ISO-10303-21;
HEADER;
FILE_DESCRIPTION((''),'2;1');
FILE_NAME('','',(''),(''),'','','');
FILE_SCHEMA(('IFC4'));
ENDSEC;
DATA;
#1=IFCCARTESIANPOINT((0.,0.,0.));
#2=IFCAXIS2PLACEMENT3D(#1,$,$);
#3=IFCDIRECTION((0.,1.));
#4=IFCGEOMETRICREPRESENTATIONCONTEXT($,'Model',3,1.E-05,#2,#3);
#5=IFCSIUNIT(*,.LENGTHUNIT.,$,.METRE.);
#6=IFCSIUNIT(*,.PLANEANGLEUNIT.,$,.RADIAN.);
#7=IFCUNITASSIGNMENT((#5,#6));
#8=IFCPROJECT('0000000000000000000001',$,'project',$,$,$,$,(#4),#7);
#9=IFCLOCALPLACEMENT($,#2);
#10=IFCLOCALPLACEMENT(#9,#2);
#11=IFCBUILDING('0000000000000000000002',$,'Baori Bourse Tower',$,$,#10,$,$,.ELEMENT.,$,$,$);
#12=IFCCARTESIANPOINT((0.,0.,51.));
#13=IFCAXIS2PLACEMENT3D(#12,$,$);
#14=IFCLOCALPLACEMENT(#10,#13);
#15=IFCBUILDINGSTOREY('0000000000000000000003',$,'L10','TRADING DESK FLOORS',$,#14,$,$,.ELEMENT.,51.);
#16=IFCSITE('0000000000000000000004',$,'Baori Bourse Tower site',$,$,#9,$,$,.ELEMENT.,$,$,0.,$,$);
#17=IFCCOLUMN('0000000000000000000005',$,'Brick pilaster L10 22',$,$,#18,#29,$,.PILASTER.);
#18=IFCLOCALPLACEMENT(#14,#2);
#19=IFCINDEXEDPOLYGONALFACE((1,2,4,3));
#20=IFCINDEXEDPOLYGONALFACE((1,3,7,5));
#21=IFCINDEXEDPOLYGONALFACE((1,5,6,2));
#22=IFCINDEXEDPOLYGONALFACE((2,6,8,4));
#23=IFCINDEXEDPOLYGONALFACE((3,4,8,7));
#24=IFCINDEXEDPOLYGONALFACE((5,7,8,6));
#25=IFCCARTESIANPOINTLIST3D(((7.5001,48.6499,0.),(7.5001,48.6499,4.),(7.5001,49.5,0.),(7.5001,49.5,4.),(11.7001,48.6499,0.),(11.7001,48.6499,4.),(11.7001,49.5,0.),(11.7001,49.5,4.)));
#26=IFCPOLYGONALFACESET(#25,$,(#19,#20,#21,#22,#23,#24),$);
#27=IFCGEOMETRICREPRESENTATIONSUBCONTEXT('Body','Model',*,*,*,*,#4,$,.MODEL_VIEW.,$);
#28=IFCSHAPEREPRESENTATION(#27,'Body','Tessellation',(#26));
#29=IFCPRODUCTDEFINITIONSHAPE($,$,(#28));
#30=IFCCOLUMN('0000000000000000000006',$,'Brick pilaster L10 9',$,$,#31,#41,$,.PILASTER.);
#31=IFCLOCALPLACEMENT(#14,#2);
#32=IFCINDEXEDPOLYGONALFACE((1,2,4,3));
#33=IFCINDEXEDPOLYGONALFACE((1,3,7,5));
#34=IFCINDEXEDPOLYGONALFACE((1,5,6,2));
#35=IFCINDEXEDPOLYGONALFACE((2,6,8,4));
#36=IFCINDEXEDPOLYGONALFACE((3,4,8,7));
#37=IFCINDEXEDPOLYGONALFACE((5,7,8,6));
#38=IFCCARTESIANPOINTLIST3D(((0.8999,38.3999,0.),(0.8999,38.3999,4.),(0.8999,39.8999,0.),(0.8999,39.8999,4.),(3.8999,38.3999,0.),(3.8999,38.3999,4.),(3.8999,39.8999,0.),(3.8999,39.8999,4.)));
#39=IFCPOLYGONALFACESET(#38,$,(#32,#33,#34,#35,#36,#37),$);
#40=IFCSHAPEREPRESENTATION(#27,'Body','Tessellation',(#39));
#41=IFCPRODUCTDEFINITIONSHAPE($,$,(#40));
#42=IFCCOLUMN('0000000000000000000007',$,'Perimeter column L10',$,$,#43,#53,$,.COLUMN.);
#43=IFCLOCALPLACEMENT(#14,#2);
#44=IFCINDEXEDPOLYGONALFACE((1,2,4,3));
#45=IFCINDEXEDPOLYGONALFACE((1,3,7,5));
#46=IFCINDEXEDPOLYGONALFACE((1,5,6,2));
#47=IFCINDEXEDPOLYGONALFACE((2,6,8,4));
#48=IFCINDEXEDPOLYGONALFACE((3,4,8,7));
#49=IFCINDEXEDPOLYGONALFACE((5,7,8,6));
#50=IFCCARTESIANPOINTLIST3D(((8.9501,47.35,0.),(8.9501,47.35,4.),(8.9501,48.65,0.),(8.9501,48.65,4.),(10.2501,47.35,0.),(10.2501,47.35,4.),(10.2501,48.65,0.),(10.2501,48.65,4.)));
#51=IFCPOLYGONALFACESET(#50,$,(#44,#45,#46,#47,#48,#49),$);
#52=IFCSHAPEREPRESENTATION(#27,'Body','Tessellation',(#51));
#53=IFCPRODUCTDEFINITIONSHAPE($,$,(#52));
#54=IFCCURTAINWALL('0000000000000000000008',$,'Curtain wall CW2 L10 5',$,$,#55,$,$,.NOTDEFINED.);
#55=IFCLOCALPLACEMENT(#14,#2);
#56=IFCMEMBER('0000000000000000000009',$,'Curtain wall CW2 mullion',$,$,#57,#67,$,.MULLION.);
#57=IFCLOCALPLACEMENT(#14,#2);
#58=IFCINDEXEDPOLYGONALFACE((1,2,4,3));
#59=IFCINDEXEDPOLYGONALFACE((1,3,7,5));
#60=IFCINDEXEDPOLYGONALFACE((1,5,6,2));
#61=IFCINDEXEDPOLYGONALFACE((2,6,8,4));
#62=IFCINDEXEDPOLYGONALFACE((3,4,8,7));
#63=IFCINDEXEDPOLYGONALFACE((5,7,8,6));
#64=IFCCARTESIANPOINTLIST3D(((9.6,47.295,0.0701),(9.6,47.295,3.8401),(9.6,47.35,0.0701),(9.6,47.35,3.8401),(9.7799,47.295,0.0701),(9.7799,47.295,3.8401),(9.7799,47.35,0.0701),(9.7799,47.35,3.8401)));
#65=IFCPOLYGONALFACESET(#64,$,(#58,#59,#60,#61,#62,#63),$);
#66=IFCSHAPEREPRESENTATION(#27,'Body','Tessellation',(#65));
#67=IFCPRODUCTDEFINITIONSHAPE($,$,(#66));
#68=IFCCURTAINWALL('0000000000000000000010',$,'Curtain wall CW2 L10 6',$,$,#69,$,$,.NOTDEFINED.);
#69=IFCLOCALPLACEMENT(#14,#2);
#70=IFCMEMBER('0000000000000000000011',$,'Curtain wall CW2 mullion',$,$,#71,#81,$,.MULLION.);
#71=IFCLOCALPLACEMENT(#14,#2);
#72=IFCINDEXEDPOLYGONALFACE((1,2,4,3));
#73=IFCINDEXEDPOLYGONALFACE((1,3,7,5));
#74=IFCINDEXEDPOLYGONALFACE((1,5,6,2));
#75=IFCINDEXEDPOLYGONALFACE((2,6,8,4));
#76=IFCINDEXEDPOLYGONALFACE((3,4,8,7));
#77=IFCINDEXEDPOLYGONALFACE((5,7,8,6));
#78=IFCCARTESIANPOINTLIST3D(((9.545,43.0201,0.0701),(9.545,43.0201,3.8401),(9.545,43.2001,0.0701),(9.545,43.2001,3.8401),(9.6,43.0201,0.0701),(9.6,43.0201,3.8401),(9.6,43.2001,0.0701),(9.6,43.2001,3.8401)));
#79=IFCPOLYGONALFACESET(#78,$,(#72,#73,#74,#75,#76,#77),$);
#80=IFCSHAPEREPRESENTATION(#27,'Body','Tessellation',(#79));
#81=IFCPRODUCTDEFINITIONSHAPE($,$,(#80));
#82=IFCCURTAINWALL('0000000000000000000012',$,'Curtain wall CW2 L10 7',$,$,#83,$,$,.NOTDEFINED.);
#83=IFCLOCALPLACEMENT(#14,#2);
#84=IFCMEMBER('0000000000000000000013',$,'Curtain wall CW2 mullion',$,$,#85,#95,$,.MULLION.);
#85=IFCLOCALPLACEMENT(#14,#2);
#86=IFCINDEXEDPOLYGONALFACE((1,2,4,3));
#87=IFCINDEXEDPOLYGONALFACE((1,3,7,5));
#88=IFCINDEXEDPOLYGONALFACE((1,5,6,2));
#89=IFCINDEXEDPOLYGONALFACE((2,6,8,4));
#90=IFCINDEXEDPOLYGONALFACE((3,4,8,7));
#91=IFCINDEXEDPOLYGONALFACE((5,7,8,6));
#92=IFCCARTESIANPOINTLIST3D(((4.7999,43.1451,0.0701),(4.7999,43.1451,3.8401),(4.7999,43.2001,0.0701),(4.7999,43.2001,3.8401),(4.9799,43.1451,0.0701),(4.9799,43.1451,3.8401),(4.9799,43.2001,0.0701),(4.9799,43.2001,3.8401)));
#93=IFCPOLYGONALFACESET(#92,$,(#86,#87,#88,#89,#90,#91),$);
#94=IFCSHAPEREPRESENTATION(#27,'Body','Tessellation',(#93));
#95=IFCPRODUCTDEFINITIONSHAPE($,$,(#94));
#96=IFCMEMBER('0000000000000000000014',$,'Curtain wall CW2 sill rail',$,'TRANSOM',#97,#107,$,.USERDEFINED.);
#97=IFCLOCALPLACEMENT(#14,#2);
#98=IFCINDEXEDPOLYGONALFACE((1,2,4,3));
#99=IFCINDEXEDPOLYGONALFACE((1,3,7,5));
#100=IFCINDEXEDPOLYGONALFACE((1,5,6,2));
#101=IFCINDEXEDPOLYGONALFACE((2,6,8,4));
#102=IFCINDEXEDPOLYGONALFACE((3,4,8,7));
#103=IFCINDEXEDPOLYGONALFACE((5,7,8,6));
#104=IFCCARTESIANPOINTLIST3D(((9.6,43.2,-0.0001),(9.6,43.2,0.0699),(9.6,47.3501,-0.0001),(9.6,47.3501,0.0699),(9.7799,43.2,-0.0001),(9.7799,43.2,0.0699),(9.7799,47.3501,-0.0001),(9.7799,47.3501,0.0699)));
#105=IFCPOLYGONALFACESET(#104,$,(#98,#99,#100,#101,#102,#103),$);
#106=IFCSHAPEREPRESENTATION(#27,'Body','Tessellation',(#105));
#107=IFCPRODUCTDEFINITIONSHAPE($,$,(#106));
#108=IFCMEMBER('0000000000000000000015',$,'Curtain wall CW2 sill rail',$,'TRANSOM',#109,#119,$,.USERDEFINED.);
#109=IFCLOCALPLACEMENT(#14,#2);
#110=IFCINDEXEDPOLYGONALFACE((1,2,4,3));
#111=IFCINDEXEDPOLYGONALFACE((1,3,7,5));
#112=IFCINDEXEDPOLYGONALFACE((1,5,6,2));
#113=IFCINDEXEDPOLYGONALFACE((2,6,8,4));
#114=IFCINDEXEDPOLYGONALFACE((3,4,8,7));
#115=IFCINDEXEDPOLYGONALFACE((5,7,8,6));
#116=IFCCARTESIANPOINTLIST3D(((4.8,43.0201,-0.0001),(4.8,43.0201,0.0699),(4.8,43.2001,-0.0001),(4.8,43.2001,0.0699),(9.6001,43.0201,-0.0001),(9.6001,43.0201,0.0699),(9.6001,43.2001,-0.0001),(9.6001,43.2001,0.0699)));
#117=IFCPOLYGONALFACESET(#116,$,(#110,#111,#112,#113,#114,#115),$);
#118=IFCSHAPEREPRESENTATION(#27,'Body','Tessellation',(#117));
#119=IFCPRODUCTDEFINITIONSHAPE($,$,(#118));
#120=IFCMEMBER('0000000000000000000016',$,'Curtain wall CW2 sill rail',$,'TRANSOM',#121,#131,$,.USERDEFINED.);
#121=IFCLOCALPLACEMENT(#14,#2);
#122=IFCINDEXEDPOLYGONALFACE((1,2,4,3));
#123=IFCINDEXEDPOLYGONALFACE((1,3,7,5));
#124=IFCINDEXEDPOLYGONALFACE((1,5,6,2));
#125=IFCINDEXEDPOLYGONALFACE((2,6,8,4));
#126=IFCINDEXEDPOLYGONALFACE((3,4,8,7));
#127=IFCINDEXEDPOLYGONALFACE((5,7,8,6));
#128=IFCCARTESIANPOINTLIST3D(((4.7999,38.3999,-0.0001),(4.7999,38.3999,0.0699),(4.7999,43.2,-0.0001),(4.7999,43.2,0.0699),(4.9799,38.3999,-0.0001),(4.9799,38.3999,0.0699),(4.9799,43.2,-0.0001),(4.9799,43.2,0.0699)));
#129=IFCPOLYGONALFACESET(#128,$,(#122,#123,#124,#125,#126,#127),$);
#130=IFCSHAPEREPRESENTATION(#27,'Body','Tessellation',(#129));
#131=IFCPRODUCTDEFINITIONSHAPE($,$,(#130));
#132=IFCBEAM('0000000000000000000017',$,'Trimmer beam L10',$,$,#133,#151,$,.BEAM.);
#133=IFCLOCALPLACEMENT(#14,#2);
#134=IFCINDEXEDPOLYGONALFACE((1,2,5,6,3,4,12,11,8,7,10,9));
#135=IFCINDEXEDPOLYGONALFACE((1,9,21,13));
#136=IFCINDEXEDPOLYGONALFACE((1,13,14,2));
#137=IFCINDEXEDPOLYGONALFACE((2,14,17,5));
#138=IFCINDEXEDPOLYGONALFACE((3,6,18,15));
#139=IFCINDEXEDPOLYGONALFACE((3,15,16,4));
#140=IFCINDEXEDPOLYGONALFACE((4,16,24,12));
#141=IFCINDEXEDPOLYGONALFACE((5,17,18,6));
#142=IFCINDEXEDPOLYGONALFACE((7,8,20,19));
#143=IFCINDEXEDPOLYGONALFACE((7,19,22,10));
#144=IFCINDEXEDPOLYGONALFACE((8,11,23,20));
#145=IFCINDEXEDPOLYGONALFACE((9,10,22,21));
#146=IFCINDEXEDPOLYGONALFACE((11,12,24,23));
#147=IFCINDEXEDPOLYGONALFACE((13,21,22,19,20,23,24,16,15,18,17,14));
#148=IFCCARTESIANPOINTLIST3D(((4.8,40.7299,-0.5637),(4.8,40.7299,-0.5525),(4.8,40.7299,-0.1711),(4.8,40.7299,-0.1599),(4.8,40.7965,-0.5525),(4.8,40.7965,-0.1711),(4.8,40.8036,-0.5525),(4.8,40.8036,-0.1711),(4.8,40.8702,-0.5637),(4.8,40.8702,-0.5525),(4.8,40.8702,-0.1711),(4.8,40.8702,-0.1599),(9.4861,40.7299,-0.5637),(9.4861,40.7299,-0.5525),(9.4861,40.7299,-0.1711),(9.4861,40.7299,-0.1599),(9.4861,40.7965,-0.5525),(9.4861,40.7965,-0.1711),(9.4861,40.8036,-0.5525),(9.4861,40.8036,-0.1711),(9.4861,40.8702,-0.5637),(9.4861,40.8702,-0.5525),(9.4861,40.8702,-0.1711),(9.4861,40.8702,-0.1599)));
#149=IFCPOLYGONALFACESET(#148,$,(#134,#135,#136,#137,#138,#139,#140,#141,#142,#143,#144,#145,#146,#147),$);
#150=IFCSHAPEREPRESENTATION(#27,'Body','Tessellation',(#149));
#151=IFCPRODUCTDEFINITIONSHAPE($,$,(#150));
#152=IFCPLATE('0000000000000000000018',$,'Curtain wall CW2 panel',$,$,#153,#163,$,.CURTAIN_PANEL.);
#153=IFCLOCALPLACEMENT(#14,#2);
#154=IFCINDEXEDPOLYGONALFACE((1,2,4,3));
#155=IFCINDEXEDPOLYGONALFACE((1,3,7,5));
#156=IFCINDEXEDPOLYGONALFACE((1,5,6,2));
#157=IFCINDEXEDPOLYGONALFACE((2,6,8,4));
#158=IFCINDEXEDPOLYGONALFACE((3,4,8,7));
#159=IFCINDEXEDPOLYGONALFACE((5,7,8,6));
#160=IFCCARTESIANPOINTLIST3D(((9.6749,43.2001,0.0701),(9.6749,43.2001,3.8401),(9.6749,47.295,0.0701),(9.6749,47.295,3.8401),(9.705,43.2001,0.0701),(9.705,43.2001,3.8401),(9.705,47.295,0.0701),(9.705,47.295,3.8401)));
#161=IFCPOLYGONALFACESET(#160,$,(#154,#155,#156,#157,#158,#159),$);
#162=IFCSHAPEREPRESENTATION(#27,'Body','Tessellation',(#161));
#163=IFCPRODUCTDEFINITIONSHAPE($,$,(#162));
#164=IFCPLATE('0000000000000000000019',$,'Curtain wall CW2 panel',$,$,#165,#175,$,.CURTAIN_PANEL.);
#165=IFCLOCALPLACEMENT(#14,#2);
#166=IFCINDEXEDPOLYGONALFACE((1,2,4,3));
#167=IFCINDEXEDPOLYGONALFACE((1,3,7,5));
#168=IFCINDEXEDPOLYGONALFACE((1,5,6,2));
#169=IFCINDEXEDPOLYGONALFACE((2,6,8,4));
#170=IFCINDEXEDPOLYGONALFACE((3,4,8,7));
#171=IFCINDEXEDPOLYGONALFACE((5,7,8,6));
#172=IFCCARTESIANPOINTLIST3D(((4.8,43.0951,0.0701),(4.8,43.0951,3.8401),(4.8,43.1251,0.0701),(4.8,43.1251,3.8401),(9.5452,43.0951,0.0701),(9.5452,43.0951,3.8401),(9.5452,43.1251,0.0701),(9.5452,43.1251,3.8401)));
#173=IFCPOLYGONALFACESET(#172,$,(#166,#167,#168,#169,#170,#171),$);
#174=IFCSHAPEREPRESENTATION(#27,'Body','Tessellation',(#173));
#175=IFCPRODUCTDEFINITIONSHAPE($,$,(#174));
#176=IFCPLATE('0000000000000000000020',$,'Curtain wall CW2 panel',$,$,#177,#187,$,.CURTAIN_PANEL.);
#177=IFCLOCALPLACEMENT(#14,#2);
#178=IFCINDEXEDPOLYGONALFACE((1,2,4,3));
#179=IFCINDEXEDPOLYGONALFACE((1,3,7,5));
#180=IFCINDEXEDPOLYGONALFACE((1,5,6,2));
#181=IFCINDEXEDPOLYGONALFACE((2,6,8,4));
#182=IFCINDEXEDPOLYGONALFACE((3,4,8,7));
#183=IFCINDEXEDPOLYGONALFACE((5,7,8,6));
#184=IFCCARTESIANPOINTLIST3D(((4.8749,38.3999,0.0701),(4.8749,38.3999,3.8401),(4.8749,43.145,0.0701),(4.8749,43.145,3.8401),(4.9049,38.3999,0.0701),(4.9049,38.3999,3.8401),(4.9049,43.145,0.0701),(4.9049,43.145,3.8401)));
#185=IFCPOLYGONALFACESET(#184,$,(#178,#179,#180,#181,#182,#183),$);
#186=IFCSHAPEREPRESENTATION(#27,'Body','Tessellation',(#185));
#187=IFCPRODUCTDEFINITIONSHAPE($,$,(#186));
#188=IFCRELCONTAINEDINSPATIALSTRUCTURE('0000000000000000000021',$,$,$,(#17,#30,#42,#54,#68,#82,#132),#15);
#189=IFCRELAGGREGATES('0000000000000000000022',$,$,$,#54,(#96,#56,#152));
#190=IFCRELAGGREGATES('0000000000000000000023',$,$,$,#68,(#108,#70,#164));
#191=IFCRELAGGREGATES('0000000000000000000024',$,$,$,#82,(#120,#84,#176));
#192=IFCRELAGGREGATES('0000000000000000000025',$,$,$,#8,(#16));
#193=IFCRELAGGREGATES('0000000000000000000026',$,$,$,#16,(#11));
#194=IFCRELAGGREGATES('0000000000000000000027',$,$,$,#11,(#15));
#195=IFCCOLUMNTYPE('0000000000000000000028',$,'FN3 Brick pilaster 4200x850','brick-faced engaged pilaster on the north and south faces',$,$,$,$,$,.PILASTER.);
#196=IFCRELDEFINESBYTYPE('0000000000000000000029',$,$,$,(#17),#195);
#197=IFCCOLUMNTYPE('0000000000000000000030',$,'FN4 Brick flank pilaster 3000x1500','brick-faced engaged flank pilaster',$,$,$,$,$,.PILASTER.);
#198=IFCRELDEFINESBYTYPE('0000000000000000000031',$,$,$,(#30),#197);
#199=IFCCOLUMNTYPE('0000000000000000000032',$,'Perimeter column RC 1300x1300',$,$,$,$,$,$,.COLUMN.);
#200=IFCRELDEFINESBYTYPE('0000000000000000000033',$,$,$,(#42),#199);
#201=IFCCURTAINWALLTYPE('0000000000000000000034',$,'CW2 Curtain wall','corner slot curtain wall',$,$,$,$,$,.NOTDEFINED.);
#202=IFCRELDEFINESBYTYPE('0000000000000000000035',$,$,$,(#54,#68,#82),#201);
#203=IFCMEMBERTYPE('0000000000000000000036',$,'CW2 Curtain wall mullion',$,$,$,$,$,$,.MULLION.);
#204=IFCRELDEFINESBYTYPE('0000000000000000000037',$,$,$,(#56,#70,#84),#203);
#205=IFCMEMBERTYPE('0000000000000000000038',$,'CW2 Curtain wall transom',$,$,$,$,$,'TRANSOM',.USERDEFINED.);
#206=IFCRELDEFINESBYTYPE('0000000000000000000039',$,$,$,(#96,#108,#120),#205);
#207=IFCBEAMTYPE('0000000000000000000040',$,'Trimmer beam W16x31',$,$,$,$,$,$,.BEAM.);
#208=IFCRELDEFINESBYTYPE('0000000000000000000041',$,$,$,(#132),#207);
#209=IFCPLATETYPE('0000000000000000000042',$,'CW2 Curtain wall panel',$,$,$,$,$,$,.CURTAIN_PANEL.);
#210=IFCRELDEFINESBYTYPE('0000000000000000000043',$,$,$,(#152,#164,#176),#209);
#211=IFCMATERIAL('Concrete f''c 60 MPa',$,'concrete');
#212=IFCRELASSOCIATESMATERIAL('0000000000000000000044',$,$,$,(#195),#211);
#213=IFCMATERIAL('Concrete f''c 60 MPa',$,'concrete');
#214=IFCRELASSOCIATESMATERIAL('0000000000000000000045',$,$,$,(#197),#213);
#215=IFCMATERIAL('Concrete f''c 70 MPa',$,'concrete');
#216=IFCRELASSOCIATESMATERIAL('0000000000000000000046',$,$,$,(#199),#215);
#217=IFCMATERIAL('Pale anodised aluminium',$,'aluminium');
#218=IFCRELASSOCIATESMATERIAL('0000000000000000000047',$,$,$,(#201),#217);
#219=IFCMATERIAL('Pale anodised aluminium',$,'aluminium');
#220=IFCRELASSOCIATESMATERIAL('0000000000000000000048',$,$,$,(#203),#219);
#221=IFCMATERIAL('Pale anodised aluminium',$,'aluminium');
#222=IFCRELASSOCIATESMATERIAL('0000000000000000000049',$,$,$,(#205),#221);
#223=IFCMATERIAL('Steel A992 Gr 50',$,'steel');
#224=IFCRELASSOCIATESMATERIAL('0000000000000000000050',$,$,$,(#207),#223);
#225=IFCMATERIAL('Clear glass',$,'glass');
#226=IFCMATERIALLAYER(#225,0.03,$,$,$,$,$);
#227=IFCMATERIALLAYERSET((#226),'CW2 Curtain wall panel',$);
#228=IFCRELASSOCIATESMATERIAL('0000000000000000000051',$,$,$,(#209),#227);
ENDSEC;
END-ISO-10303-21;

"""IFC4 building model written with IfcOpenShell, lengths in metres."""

from ifc_helpers import new_model, si_unit, direction, frame, origin, origin_2d, place, context, subcontext, project, spatial, rectangle, i_section, extrude, material, layer, layer_set, material_profile, profile_set, type_object, element, aggregate, save


model = new_model("IFC4")

# Units and contexts
model_context = context("Model", 3, precision=1e-05, world=origin(), true_north=direction((0.0, 1.0)))
body_context = subcontext(model_context, "Body", "Model", "MODEL_VIEW")
ifc_project = project(units=[si_unit("LENGTHUNIT", "METRE"), si_unit("PLANEANGLEUNIT", "RADIAN")], contexts=[model_context])

# Site, building, storey
site_placement = place(None, origin())
site = spatial("IfcSite", under=ifc_project, at=site_placement, Name="Baori Bourse Tower site", CompositionType="ELEMENT", RefElevation=0.0)
building_placement = place(site_placement, origin())
building = spatial("IfcBuilding", under=site, at=building_placement, Name="Baori Bourse Tower", CompositionType="ELEMENT")
storey_placement = place(building_placement, frame((0.0, 0.0, 51.0)))
storey = spatial("IfcBuildingStorey", under=building, at=storey_placement, Name="L10", Description="TRADING DESK FLOORS", CompositionType="ELEMENT", Elevation=51.0)

# Columns
ifc_material_1 = material(Name="Concrete f'c 60 MPa", Category="concrete")
ifc_material_profile_1 = material_profile(ifc_material_1, rectangle(XDim=4.2, YDim=0.8501, at=origin_2d()), Name="RC 4200x850")
ifc_profile_set_1 = profile_set([ifc_material_profile_1], Name="Concrete f'c 60 MPa")
column_type_1 = type_object("IfcColumnType", Name="FN3 Brick pilaster 4200x850", Description="brick-faced engaged pilaster on the north and south faces", PredefinedType="PILASTER", material=ifc_profile_set_1)
column_1_placement = place(storey_placement, frame((9.6001, 49.075, 0.0), z_axis=(0.0, 0.0, 1.0), x_axis=(1.0, 0.0, 0.0)))
element("IfcColumn", 1, at=column_1_placement, inside=storey, type_object=column_type_1, Name="Brick pilaster L10 22", PredefinedType="PILASTER", context=body_context, shape_type="SweptSolid", body=[
    extrude(rectangle(XDim=4.2, YDim=0.8501, at=origin_2d()), origin(), (0.0, 0.0, 1.0), 4.0),
])
ifc_material_2 = material(Name="Concrete f'c 60 MPa", Category="concrete")
ifc_material_profile_2 = material_profile(ifc_material_2, rectangle(XDim=3.0, YDim=1.5, at=origin_2d()), Name="RC 3000x1500")
ifc_profile_set_2 = profile_set([ifc_material_profile_2], Name="Concrete f'c 60 MPa")
column_type_2 = type_object("IfcColumnType", Name="FN4 Brick flank pilaster 3000x1500", Description="brick-faced engaged flank pilaster", PredefinedType="PILASTER", material=ifc_profile_set_2)
column_2_placement = place(storey_placement, frame((2.3999, 39.1499, 0.0), z_axis=(0.0, 0.0, 1.0), x_axis=(1.0, 0.0, 0.0)))
element("IfcColumn", 2, at=column_2_placement, inside=storey, type_object=column_type_2, Name="Brick pilaster L10 9", PredefinedType="PILASTER", context=body_context, shape_type="SweptSolid", body=[
    extrude(rectangle(XDim=3.0, YDim=1.5, at=origin_2d()), origin(), (0.0, 0.0, 1.0), 4.0),
])
ifc_material_3 = material(Name="Concrete f'c 70 MPa", Category="concrete")
ifc_material_profile_3 = material_profile(ifc_material_3, rectangle(XDim=1.3, YDim=1.3, at=origin_2d()), Name="RC 1300x1300")
ifc_profile_set_3 = profile_set([ifc_material_profile_3], Name="Concrete f'c 70 MPa")
column_type_3 = type_object("IfcColumnType", Name="Perimeter column RC 1300x1300", PredefinedType="COLUMN", material=ifc_profile_set_3)
column_3_placement = place(storey_placement, frame((9.6001, 48.0, 0.0), z_axis=(0.0, 0.0, 1.0), x_axis=(1.0, 0.0, 0.0)))
element("IfcColumn", 3, at=column_3_placement, inside=storey, type_object=column_type_3, Name="Perimeter column L10", PredefinedType="COLUMN", context=body_context, shape_type="SweptSolid", body=[
    extrude(rectangle(XDim=1.3, YDim=1.3, at=origin_2d()), origin(), (0.0, 0.0, 1.0), 4.0),
])

# Curtain walls, members
ifc_material_4 = material(Name="Pale anodised aluminium", Category="aluminium")
curtain_wall_type = type_object("IfcCurtainWallType", Name="CW2 Curtain wall", Description="corner slot curtain wall", PredefinedType="NOTDEFINED", material=ifc_material_4)
curtain_wall_1_placement = place(storey_placement, origin())
curtain_wall_1 = element("IfcCurtainWall", 4, at=curtain_wall_1_placement, inside=storey, type_object=curtain_wall_type, Name="Curtain wall CW2 L10 5", PredefinedType="NOTDEFINED")
ifc_material_5 = material(Name="Pale anodised aluminium", Category="aluminium")
ifc_material_profile_4 = material_profile(ifc_material_5, rectangle(XDim=0.1799, YDim=0.0549, at=origin_2d()), Name="Mullion 55x180")
ifc_profile_set_4 = profile_set([ifc_material_profile_4], Name="Pale anodised aluminium")
member_type_1 = type_object("IfcMemberType", Name="CW2 Curtain wall mullion", PredefinedType="MULLION", material=ifc_profile_set_4)
member_1_placement = place(storey_placement, frame((9.6899, 47.3225, 0.0701), z_axis=(0.0, 0.0, 1.0), x_axis=(1.0, 0.0, 0.0)))
member_1 = element("IfcMember", 5, at=member_1_placement, type_object=member_type_1, Name="Curtain wall CW2 mullion", PredefinedType="MULLION", context=body_context, shape_type="SweptSolid", body=[
    extrude(rectangle(XDim=0.1799, YDim=0.0549, at=origin_2d()), origin(), (0.0, 0.0, 1.0), 3.77),
])
curtain_wall_2_placement = place(storey_placement, origin())
curtain_wall_2 = element("IfcCurtainWall", 6, at=curtain_wall_2_placement, inside=storey, type_object=curtain_wall_type, Name="Curtain wall CW2 L10 6", PredefinedType="NOTDEFINED")
member_2_placement = place(storey_placement, frame((9.5725, 43.1101, 0.0701), z_axis=(0.0, 0.0, 1.0), x_axis=(0.0, -1.0, 0.0)))
member_2 = element("IfcMember", 7, at=member_2_placement, type_object=member_type_1, Name="Curtain wall CW2 mullion", PredefinedType="MULLION", context=body_context, shape_type="SweptSolid", body=[
    extrude(rectangle(XDim=0.1799, YDim=0.0549, at=origin_2d()), origin(), (0.0, 0.0, 1.0), 3.77),
])
curtain_wall_3_placement = place(storey_placement, origin())
curtain_wall_3 = element("IfcCurtainWall", 8, at=curtain_wall_3_placement, inside=storey, type_object=curtain_wall_type, Name="Curtain wall CW2 L10 7", PredefinedType="NOTDEFINED")
member_3_placement = place(storey_placement, frame((4.8899, 43.1726, 0.0701), z_axis=(0.0, 0.0, 1.0), x_axis=(1.0, 0.0, 0.0)))
member_3 = element("IfcMember", 9, at=member_3_placement, type_object=member_type_1, Name="Curtain wall CW2 mullion", PredefinedType="MULLION", context=body_context, shape_type="SweptSolid", body=[
    extrude(rectangle(XDim=0.1799, YDim=0.0549, at=origin_2d()), origin(), (0.0, 0.0, 1.0), 3.77),
])

# Members
ifc_material_6 = material(Name="Pale anodised aluminium", Category="aluminium")
ifc_material_profile_5 = material_profile(ifc_material_6, rectangle(XDim=0.1799, YDim=0.0701, at=origin_2d()), Name="Transom 70x180")
ifc_profile_set_5 = profile_set([ifc_material_profile_5], Name="Pale anodised aluminium")
member_type_2 = type_object("IfcMemberType", Name="CW2 Curtain wall transom", ElementType="TRANSOM", PredefinedType="USERDEFINED", material=ifc_profile_set_5)
member_4_placement = place(storey_placement, frame((9.6899, 47.3501, 0.0349), z_axis=(0.0, -1.0, 0.0), x_axis=(1.0, 0.0, 0.0)))
member_4 = element("IfcMember", 10, at=member_4_placement, type_object=member_type_2, Name="Curtain wall CW2 sill rail", ObjectType="TRANSOM", PredefinedType="USERDEFINED", context=body_context, shape_type="SweptSolid", body=[
    extrude(rectangle(XDim=0.1799, YDim=0.0701, at=origin_2d()), origin(), (0.0, 0.0, 1.0), 4.1501),
])
member_5_placement = place(storey_placement, frame((9.6001, 43.1101, 0.0349), z_axis=(-1.0, 0.0, 0.0), x_axis=(0.0, -1.0, 0.0)))
member_5 = element("IfcMember", 11, at=member_5_placement, type_object=member_type_2, Name="Curtain wall CW2 sill rail", ObjectType="TRANSOM", PredefinedType="USERDEFINED", context=body_context, shape_type="SweptSolid", body=[
    extrude(rectangle(XDim=0.1799, YDim=0.0701, at=origin_2d()), origin(), (0.0, 0.0, 1.0), 4.8),
])
member_6_placement = place(storey_placement, frame((4.8899, 43.2, 0.0349), z_axis=(0.0, -1.0, 0.0), x_axis=(1.0, 0.0, 0.0)))
member_6 = element("IfcMember", 12, at=member_6_placement, type_object=member_type_2, Name="Curtain wall CW2 sill rail", ObjectType="TRANSOM", PredefinedType="USERDEFINED", context=body_context, shape_type="SweptSolid", body=[
    extrude(rectangle(XDim=0.1799, YDim=0.0701, at=origin_2d()), origin(), (0.0, 0.0, 1.0), 4.8),
])

# Beam
ifc_material_7 = material(Name="Steel A992 Gr 50", Category="steel")
ifc_material_profile_6 = material_profile(ifc_material_7, i_section(OverallWidth=0.1404, OverallDepth=0.4038, WebThickness=0.0071, FlangeThickness=0.0112, at=origin_2d()), Name="W16x31")
ifc_profile_set_6 = profile_set([ifc_material_profile_6], Name="Steel A992 Gr 50")
beam_type = type_object("IfcBeamType", Name="Trimmer beam W16x31", PredefinedType="BEAM", material=ifc_profile_set_6)
beam_placement = place(storey_placement, frame((4.8, 40.8, -0.3618), z_axis=(1.0, 0.0, 0.0), x_axis=(0.0, 1.0, 0.0)))
element("IfcBeam", 13, at=beam_placement, inside=storey, type_object=beam_type, Name="Trimmer beam L10", PredefinedType="BEAM", context=body_context, shape_type="SweptSolid", body=[
    extrude(i_section(OverallWidth=0.1404, OverallDepth=0.4038, WebThickness=0.0071, FlangeThickness=0.0112, at=origin_2d()), origin(), (0.0, 0.0, 1.0), 4.686),
])

# Plates
ifc_material_8 = material(Name="Clear glass", Category="glass")
ifc_layer_1 = layer(ifc_material_8, 0.03)
ifc_layer_set_1 = layer_set([ifc_layer_1], Name="CW2 Curtain wall panel")
plate_type = type_object("IfcPlateType", Name="CW2 Curtain wall panel", PredefinedType="CURTAIN_PANEL", material=ifc_layer_set_1)
plate_1_placement = place(storey_placement, frame((9.6899, 45.2476, 0.0701), z_axis=(0.0, 0.0, 1.0), x_axis=(0.0, -1.0, 0.0)))
plate_1 = element("IfcPlate", 14, at=plate_1_placement, type_object=plate_type, Name="Curtain wall CW2 panel", PredefinedType="CURTAIN_PANEL", context=body_context, shape_type="SweptSolid", body=[
    extrude(rectangle(XDim=4.095, YDim=0.03, at=origin_2d()), origin(), (0.0, 0.0, 1.0), 3.77),
])
aggregate(curtain_wall_1, [member_4, member_1, plate_1])
plate_2_placement = place(storey_placement, frame((7.1726, 43.1101, 0.0701), z_axis=(0.0, 0.0, 1.0), x_axis=(-1.0, 0.0, 0.0)))
plate_2 = element("IfcPlate", 15, at=plate_2_placement, type_object=plate_type, Name="Curtain wall CW2 panel", PredefinedType="CURTAIN_PANEL", context=body_context, shape_type="SweptSolid", body=[
    extrude(rectangle(XDim=4.7451, YDim=0.03, at=origin_2d()), origin(), (0.0, 0.0, 1.0), 3.77),
])
aggregate(curtain_wall_2, [member_5, member_2, plate_2])
plate_3_placement = place(storey_placement, frame((4.8899, 40.7725, 0.0701), z_axis=(0.0, 0.0, 1.0), x_axis=(0.0, -1.0, 0.0)))
plate_3 = element("IfcPlate", 16, at=plate_3_placement, type_object=plate_type, Name="Curtain wall CW2 panel", PredefinedType="CURTAIN_PANEL", context=body_context, shape_type="SweptSolid", body=[
    extrude(rectangle(XDim=4.7451, YDim=0.03, at=origin_2d()), origin(), (0.0, 0.0, 1.0), 3.77),
])
aggregate(curtain_wall_3, [member_6, member_3, plate_3])

save(model, "model.ifc")
